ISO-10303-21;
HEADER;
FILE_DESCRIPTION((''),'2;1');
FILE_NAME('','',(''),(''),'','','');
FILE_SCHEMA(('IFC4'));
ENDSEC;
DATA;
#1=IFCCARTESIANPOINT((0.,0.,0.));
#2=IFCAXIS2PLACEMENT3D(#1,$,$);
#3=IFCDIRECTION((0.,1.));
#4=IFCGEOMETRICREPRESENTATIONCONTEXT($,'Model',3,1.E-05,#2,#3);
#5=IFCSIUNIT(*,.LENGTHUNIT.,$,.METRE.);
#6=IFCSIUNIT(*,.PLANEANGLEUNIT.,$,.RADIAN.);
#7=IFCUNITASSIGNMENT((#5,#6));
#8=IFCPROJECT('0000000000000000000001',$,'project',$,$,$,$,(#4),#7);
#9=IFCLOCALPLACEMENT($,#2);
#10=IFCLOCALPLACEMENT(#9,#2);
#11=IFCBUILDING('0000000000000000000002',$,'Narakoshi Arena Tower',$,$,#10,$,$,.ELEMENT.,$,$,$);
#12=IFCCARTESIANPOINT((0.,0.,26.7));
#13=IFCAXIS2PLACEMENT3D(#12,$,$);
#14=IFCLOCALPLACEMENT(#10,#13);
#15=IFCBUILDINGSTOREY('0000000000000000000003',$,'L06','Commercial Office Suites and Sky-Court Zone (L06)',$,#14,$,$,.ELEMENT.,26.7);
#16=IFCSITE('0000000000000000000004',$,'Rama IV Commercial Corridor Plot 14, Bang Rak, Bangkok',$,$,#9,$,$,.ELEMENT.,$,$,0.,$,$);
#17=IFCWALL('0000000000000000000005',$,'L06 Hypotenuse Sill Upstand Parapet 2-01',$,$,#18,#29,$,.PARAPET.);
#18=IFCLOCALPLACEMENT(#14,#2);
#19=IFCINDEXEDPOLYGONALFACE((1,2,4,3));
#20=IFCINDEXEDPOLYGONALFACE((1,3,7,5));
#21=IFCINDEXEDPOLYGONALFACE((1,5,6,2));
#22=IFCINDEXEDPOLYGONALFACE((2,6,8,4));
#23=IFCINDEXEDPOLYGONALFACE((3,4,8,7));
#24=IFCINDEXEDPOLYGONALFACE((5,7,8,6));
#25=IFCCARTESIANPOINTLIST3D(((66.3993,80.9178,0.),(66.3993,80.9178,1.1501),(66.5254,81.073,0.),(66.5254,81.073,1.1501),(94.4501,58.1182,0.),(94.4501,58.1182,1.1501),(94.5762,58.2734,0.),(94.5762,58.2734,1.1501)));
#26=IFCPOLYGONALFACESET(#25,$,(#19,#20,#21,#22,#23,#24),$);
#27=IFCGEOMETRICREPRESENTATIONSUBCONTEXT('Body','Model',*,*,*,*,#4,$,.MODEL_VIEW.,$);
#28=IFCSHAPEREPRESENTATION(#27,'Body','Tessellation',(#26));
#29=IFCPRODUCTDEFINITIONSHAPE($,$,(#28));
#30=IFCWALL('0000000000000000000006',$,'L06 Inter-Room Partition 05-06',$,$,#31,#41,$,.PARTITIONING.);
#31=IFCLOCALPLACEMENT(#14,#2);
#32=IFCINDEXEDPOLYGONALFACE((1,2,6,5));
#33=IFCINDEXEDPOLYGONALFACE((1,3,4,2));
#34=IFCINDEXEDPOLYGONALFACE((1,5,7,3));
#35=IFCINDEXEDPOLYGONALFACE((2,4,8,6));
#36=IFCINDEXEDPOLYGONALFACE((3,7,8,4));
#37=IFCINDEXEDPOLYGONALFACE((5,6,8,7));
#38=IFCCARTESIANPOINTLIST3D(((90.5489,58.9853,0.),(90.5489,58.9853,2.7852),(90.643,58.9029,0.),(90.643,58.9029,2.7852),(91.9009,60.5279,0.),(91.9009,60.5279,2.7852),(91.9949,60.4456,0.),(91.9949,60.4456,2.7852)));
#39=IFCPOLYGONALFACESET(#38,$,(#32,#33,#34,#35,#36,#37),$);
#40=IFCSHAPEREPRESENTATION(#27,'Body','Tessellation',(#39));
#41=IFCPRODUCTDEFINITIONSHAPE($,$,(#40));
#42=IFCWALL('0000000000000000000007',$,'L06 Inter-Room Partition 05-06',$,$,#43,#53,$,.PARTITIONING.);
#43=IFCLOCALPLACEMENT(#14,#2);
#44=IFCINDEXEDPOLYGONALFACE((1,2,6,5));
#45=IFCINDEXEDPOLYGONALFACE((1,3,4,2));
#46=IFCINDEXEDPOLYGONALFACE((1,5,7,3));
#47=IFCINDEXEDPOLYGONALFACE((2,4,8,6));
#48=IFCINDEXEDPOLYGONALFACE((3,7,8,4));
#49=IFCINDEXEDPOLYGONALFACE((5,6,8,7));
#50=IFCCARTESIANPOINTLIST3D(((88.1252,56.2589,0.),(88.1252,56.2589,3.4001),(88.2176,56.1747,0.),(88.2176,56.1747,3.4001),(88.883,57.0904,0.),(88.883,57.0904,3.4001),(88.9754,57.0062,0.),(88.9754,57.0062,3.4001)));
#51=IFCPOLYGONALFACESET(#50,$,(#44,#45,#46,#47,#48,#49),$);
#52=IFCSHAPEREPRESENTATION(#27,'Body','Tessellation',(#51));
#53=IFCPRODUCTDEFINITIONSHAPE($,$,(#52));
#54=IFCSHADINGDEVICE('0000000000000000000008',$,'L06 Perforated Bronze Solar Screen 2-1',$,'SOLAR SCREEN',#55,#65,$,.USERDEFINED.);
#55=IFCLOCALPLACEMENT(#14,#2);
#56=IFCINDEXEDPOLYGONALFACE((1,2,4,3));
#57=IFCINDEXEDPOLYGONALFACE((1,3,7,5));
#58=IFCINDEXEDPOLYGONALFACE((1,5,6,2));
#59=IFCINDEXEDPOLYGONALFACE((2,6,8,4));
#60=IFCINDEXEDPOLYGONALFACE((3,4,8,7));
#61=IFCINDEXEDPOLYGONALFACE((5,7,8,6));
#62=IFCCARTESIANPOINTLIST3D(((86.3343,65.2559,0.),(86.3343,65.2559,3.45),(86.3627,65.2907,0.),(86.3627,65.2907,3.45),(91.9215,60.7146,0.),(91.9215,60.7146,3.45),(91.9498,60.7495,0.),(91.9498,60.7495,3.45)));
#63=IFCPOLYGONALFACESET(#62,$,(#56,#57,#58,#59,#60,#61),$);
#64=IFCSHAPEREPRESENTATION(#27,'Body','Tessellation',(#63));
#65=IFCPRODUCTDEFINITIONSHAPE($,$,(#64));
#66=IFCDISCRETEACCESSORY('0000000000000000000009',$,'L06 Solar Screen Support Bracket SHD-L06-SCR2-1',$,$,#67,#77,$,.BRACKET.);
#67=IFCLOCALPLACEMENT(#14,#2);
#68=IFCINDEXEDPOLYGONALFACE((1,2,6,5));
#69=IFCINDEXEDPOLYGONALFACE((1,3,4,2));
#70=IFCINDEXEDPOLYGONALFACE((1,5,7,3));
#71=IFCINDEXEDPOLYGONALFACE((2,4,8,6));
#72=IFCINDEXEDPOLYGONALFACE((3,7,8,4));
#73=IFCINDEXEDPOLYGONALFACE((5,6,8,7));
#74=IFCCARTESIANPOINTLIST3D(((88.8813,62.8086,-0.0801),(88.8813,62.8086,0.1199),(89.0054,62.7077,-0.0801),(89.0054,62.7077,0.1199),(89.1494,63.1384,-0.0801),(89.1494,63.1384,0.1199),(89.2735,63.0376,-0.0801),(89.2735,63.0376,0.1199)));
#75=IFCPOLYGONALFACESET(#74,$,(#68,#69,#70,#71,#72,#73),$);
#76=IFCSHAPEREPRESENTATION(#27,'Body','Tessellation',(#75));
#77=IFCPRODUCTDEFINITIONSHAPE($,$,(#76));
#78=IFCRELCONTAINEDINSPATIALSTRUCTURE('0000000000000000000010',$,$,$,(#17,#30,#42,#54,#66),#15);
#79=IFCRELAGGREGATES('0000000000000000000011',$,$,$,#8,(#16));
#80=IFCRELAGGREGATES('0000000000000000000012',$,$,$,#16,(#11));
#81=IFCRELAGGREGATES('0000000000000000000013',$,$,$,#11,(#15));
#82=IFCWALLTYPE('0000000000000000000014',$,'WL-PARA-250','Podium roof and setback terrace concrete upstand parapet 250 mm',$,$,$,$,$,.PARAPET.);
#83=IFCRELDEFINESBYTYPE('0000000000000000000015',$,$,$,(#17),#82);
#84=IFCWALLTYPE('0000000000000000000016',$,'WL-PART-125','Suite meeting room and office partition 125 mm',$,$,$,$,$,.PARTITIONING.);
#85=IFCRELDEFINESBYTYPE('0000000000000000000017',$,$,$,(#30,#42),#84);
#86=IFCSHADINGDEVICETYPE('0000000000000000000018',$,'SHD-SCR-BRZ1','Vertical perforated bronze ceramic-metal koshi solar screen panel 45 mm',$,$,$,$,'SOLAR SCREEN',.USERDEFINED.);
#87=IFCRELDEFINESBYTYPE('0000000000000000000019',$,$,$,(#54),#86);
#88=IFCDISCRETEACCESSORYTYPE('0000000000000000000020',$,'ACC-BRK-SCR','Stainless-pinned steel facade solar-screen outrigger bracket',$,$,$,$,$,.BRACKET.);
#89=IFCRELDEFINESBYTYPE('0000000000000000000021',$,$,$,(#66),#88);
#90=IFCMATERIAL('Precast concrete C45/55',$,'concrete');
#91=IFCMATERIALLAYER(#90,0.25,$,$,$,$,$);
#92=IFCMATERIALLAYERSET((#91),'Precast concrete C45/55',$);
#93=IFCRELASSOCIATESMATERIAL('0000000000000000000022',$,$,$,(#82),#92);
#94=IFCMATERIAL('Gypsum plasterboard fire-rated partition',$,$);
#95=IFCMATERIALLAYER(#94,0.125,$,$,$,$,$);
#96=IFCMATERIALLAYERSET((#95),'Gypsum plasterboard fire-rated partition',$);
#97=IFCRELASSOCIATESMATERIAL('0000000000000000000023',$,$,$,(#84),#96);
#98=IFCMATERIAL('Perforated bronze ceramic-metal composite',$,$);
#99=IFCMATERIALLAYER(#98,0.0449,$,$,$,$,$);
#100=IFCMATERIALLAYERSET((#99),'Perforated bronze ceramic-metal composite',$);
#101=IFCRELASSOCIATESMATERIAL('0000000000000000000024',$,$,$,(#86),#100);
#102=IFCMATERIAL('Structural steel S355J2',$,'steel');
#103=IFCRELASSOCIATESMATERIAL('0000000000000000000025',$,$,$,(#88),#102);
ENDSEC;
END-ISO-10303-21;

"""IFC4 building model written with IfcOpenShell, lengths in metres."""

from ifc_helpers import new_model, si_unit, direction, frame, frame_2d, origin, origin_2d, place, context, subcontext, project, spatial, rectangle, extrude, material, layer, layer_set, type_object, element, save


model = new_model("IFC4")

# Units and contexts
model_context = context("Model", 3, precision=1e-05, world=origin(), true_north=direction((0.0, 1.0)))
body_context = subcontext(model_context, "Body", "Model", "MODEL_VIEW")
ifc_project = project(units=[si_unit("LENGTHUNIT", "METRE"), si_unit("PLANEANGLEUNIT", "RADIAN")], contexts=[model_context])

# Site, building, storey
site_placement = place(None, origin())
site = spatial("IfcSite", under=ifc_project, at=site_placement, Name="Rama IV Commercial Corridor Plot 14, Bang Rak, Bangkok", CompositionType="ELEMENT", RefElevation=0.0)
building_placement = place(site_placement, origin())
building = spatial("IfcBuilding", under=site, at=building_placement, Name="Narakoshi Arena Tower", CompositionType="ELEMENT")
storey_placement = place(building_placement, frame((0.0, 0.0, 26.7)))
storey = spatial("IfcBuildingStorey", under=building, at=storey_placement, Name="L06", Description="Commercial Office Suites and Sky-Court Zone (L06)", CompositionType="ELEMENT", Elevation=26.7)

# Shared definitions
ifc_material_1 = material(Name="Structural steel S355J2", Category="steel")

# Shared definitions
ifc_material_2 = material(Name="Gypsum plasterboard fire-rated partition")

# Walls
ifc_material_3 = material(Name="Precast concrete C45/55", Category="concrete")
ifc_layer_1 = layer(ifc_material_3, 0.25)
ifc_layer_set_1 = layer_set([ifc_layer_1], Name="Precast concrete C45/55")
wall_type_1 = type_object("IfcWallType", Name="WL-PARA-250", Description="Podium roof and setback terrace concrete upstand parapet 250 mm", PredefinedType="PARAPET", material=ifc_layer_set_1)
wall_1_placement = place(storey_placement, frame((94.5132, 58.1958, 0.0), z_axis=(0.0, 0.0, 1.0), x_axis=(-0.776002, 0.630731, 0.0)))
element("IfcWall", 1, at=wall_1_placement, inside=storey, type_object=wall_type_1, Name="L06 Hypotenuse Sill Upstand Parapet 2-01", PredefinedType="PARAPET", context=body_context, shape_type="SweptSolid", body=[
    extrude(rectangle(XDim=36.1479, YDim=0.2, at=frame_2d((18.074, 0.0))), origin(), (0.0, 0.0, 1.0), 1.1501),
])
ifc_layer_2 = layer(ifc_material_2, 0.125)
ifc_layer_set_2 = layer_set([ifc_layer_2], Name="Gypsum plasterboard fire-rated partition")
wall_type_2 = type_object("IfcWallType", Name="WL-PART-125", Description="Suite meeting room and office partition 125 mm", PredefinedType="PARTITIONING", material=ifc_layer_set_2)
wall_2_placement = place(storey_placement, frame((90.5959, 58.9441, 0.0), z_axis=(0.0, 0.0, 1.0), x_axis=(0.659103, 0.752053, 0.0)))
element("IfcWall", 2, at=wall_2_placement, inside=storey, type_object=wall_type_2, Name="L06 Inter-Room Partition 05-06", PredefinedType="PARTITIONING", context=body_context, shape_type="SweptSolid", body=[
    extrude(rectangle(XDim=2.0513, YDim=0.125, at=frame_2d((1.0256, 0.0))), origin(), (0.0, 0.0, 1.0), 2.7852),
])
wall_3_placement = place(storey_placement, frame((88.1714, 56.2168, 0.0), z_axis=(0.0, 0.0, 1.0), x_axis=(0.67358, 0.739115, 0.0)))
element("IfcWall", 3, at=wall_3_placement, inside=storey, type_object=wall_type_2, Name="L06 Inter-Room Partition 05-06", PredefinedType="PARTITIONING", context=body_context, shape_type="SweptSolid", body=[
    extrude(rectangle(XDim=1.125, YDim=0.125, at=frame_2d((0.5625, 0.0))), origin(), (0.0, 0.0, 1.0), 3.4001),
])

# Shading device
ifc_material_4 = material(Name="Perforated bronze ceramic-metal composite")
ifc_layer_3 = layer(ifc_material_4, 0.0449)
ifc_layer_set_3 = layer_set([ifc_layer_3], Name="Perforated bronze ceramic-metal composite")
shading_device_type = type_object("IfcShadingDeviceType", Name="SHD-SCR-BRZ1", Description="Vertical perforated bronze ceramic-metal koshi solar screen panel 45 mm", ElementType="SOLAR SCREEN", PredefinedType="USERDEFINED", material=ifc_layer_set_3)
shading_device_placement = place(storey_placement, frame((89.1421, 63.0027, 0.0), z_axis=(0.0, 0.0, 1.0), x_axis=(-0.776002, 0.63073, 0.0)))
element("IfcShadingDevice", 4, at=shading_device_placement, inside=storey, type_object=shading_device_type, Name="L06 Perforated Bronze Solar Screen 2-1", ObjectType="SOLAR SCREEN", PredefinedType="USERDEFINED", context=body_context, shape_type="SweptSolid", body=[
    extrude(rectangle(XDim=7.2, YDim=0.0449, at=origin_2d()), origin(), (0.0, 0.0, 1.0), 3.45),
])

# Discrete accessory
discrete_accessory_type = type_object("IfcDiscreteAccessoryType", Name="ACC-BRK-SCR", Description="Stainless-pinned steel facade solar-screen outrigger bracket", PredefinedType="BRACKET", material=ifc_material_1)
discrete_accessory_placement = place(storey_placement, frame((89.0774, 62.9231, -0.0801), z_axis=(0.0, 0.0, 1.0), x_axis=(-0.776002, 0.63073, 0.0)))
element("IfcDiscreteAccessory", 5, at=discrete_accessory_placement, inside=storey, type_object=discrete_accessory_type, Name="L06 Solar Screen Support Bracket SHD-L06-SCR2-1", PredefinedType="BRACKET", context=body_context, shape_type="SweptSolid", body=[
    extrude(rectangle(XDim=0.1599, YDim=0.425, at=origin_2d()), origin(), (0.0, 0.0, 1.0), 0.2),
])

save(model, "model.ifc")
